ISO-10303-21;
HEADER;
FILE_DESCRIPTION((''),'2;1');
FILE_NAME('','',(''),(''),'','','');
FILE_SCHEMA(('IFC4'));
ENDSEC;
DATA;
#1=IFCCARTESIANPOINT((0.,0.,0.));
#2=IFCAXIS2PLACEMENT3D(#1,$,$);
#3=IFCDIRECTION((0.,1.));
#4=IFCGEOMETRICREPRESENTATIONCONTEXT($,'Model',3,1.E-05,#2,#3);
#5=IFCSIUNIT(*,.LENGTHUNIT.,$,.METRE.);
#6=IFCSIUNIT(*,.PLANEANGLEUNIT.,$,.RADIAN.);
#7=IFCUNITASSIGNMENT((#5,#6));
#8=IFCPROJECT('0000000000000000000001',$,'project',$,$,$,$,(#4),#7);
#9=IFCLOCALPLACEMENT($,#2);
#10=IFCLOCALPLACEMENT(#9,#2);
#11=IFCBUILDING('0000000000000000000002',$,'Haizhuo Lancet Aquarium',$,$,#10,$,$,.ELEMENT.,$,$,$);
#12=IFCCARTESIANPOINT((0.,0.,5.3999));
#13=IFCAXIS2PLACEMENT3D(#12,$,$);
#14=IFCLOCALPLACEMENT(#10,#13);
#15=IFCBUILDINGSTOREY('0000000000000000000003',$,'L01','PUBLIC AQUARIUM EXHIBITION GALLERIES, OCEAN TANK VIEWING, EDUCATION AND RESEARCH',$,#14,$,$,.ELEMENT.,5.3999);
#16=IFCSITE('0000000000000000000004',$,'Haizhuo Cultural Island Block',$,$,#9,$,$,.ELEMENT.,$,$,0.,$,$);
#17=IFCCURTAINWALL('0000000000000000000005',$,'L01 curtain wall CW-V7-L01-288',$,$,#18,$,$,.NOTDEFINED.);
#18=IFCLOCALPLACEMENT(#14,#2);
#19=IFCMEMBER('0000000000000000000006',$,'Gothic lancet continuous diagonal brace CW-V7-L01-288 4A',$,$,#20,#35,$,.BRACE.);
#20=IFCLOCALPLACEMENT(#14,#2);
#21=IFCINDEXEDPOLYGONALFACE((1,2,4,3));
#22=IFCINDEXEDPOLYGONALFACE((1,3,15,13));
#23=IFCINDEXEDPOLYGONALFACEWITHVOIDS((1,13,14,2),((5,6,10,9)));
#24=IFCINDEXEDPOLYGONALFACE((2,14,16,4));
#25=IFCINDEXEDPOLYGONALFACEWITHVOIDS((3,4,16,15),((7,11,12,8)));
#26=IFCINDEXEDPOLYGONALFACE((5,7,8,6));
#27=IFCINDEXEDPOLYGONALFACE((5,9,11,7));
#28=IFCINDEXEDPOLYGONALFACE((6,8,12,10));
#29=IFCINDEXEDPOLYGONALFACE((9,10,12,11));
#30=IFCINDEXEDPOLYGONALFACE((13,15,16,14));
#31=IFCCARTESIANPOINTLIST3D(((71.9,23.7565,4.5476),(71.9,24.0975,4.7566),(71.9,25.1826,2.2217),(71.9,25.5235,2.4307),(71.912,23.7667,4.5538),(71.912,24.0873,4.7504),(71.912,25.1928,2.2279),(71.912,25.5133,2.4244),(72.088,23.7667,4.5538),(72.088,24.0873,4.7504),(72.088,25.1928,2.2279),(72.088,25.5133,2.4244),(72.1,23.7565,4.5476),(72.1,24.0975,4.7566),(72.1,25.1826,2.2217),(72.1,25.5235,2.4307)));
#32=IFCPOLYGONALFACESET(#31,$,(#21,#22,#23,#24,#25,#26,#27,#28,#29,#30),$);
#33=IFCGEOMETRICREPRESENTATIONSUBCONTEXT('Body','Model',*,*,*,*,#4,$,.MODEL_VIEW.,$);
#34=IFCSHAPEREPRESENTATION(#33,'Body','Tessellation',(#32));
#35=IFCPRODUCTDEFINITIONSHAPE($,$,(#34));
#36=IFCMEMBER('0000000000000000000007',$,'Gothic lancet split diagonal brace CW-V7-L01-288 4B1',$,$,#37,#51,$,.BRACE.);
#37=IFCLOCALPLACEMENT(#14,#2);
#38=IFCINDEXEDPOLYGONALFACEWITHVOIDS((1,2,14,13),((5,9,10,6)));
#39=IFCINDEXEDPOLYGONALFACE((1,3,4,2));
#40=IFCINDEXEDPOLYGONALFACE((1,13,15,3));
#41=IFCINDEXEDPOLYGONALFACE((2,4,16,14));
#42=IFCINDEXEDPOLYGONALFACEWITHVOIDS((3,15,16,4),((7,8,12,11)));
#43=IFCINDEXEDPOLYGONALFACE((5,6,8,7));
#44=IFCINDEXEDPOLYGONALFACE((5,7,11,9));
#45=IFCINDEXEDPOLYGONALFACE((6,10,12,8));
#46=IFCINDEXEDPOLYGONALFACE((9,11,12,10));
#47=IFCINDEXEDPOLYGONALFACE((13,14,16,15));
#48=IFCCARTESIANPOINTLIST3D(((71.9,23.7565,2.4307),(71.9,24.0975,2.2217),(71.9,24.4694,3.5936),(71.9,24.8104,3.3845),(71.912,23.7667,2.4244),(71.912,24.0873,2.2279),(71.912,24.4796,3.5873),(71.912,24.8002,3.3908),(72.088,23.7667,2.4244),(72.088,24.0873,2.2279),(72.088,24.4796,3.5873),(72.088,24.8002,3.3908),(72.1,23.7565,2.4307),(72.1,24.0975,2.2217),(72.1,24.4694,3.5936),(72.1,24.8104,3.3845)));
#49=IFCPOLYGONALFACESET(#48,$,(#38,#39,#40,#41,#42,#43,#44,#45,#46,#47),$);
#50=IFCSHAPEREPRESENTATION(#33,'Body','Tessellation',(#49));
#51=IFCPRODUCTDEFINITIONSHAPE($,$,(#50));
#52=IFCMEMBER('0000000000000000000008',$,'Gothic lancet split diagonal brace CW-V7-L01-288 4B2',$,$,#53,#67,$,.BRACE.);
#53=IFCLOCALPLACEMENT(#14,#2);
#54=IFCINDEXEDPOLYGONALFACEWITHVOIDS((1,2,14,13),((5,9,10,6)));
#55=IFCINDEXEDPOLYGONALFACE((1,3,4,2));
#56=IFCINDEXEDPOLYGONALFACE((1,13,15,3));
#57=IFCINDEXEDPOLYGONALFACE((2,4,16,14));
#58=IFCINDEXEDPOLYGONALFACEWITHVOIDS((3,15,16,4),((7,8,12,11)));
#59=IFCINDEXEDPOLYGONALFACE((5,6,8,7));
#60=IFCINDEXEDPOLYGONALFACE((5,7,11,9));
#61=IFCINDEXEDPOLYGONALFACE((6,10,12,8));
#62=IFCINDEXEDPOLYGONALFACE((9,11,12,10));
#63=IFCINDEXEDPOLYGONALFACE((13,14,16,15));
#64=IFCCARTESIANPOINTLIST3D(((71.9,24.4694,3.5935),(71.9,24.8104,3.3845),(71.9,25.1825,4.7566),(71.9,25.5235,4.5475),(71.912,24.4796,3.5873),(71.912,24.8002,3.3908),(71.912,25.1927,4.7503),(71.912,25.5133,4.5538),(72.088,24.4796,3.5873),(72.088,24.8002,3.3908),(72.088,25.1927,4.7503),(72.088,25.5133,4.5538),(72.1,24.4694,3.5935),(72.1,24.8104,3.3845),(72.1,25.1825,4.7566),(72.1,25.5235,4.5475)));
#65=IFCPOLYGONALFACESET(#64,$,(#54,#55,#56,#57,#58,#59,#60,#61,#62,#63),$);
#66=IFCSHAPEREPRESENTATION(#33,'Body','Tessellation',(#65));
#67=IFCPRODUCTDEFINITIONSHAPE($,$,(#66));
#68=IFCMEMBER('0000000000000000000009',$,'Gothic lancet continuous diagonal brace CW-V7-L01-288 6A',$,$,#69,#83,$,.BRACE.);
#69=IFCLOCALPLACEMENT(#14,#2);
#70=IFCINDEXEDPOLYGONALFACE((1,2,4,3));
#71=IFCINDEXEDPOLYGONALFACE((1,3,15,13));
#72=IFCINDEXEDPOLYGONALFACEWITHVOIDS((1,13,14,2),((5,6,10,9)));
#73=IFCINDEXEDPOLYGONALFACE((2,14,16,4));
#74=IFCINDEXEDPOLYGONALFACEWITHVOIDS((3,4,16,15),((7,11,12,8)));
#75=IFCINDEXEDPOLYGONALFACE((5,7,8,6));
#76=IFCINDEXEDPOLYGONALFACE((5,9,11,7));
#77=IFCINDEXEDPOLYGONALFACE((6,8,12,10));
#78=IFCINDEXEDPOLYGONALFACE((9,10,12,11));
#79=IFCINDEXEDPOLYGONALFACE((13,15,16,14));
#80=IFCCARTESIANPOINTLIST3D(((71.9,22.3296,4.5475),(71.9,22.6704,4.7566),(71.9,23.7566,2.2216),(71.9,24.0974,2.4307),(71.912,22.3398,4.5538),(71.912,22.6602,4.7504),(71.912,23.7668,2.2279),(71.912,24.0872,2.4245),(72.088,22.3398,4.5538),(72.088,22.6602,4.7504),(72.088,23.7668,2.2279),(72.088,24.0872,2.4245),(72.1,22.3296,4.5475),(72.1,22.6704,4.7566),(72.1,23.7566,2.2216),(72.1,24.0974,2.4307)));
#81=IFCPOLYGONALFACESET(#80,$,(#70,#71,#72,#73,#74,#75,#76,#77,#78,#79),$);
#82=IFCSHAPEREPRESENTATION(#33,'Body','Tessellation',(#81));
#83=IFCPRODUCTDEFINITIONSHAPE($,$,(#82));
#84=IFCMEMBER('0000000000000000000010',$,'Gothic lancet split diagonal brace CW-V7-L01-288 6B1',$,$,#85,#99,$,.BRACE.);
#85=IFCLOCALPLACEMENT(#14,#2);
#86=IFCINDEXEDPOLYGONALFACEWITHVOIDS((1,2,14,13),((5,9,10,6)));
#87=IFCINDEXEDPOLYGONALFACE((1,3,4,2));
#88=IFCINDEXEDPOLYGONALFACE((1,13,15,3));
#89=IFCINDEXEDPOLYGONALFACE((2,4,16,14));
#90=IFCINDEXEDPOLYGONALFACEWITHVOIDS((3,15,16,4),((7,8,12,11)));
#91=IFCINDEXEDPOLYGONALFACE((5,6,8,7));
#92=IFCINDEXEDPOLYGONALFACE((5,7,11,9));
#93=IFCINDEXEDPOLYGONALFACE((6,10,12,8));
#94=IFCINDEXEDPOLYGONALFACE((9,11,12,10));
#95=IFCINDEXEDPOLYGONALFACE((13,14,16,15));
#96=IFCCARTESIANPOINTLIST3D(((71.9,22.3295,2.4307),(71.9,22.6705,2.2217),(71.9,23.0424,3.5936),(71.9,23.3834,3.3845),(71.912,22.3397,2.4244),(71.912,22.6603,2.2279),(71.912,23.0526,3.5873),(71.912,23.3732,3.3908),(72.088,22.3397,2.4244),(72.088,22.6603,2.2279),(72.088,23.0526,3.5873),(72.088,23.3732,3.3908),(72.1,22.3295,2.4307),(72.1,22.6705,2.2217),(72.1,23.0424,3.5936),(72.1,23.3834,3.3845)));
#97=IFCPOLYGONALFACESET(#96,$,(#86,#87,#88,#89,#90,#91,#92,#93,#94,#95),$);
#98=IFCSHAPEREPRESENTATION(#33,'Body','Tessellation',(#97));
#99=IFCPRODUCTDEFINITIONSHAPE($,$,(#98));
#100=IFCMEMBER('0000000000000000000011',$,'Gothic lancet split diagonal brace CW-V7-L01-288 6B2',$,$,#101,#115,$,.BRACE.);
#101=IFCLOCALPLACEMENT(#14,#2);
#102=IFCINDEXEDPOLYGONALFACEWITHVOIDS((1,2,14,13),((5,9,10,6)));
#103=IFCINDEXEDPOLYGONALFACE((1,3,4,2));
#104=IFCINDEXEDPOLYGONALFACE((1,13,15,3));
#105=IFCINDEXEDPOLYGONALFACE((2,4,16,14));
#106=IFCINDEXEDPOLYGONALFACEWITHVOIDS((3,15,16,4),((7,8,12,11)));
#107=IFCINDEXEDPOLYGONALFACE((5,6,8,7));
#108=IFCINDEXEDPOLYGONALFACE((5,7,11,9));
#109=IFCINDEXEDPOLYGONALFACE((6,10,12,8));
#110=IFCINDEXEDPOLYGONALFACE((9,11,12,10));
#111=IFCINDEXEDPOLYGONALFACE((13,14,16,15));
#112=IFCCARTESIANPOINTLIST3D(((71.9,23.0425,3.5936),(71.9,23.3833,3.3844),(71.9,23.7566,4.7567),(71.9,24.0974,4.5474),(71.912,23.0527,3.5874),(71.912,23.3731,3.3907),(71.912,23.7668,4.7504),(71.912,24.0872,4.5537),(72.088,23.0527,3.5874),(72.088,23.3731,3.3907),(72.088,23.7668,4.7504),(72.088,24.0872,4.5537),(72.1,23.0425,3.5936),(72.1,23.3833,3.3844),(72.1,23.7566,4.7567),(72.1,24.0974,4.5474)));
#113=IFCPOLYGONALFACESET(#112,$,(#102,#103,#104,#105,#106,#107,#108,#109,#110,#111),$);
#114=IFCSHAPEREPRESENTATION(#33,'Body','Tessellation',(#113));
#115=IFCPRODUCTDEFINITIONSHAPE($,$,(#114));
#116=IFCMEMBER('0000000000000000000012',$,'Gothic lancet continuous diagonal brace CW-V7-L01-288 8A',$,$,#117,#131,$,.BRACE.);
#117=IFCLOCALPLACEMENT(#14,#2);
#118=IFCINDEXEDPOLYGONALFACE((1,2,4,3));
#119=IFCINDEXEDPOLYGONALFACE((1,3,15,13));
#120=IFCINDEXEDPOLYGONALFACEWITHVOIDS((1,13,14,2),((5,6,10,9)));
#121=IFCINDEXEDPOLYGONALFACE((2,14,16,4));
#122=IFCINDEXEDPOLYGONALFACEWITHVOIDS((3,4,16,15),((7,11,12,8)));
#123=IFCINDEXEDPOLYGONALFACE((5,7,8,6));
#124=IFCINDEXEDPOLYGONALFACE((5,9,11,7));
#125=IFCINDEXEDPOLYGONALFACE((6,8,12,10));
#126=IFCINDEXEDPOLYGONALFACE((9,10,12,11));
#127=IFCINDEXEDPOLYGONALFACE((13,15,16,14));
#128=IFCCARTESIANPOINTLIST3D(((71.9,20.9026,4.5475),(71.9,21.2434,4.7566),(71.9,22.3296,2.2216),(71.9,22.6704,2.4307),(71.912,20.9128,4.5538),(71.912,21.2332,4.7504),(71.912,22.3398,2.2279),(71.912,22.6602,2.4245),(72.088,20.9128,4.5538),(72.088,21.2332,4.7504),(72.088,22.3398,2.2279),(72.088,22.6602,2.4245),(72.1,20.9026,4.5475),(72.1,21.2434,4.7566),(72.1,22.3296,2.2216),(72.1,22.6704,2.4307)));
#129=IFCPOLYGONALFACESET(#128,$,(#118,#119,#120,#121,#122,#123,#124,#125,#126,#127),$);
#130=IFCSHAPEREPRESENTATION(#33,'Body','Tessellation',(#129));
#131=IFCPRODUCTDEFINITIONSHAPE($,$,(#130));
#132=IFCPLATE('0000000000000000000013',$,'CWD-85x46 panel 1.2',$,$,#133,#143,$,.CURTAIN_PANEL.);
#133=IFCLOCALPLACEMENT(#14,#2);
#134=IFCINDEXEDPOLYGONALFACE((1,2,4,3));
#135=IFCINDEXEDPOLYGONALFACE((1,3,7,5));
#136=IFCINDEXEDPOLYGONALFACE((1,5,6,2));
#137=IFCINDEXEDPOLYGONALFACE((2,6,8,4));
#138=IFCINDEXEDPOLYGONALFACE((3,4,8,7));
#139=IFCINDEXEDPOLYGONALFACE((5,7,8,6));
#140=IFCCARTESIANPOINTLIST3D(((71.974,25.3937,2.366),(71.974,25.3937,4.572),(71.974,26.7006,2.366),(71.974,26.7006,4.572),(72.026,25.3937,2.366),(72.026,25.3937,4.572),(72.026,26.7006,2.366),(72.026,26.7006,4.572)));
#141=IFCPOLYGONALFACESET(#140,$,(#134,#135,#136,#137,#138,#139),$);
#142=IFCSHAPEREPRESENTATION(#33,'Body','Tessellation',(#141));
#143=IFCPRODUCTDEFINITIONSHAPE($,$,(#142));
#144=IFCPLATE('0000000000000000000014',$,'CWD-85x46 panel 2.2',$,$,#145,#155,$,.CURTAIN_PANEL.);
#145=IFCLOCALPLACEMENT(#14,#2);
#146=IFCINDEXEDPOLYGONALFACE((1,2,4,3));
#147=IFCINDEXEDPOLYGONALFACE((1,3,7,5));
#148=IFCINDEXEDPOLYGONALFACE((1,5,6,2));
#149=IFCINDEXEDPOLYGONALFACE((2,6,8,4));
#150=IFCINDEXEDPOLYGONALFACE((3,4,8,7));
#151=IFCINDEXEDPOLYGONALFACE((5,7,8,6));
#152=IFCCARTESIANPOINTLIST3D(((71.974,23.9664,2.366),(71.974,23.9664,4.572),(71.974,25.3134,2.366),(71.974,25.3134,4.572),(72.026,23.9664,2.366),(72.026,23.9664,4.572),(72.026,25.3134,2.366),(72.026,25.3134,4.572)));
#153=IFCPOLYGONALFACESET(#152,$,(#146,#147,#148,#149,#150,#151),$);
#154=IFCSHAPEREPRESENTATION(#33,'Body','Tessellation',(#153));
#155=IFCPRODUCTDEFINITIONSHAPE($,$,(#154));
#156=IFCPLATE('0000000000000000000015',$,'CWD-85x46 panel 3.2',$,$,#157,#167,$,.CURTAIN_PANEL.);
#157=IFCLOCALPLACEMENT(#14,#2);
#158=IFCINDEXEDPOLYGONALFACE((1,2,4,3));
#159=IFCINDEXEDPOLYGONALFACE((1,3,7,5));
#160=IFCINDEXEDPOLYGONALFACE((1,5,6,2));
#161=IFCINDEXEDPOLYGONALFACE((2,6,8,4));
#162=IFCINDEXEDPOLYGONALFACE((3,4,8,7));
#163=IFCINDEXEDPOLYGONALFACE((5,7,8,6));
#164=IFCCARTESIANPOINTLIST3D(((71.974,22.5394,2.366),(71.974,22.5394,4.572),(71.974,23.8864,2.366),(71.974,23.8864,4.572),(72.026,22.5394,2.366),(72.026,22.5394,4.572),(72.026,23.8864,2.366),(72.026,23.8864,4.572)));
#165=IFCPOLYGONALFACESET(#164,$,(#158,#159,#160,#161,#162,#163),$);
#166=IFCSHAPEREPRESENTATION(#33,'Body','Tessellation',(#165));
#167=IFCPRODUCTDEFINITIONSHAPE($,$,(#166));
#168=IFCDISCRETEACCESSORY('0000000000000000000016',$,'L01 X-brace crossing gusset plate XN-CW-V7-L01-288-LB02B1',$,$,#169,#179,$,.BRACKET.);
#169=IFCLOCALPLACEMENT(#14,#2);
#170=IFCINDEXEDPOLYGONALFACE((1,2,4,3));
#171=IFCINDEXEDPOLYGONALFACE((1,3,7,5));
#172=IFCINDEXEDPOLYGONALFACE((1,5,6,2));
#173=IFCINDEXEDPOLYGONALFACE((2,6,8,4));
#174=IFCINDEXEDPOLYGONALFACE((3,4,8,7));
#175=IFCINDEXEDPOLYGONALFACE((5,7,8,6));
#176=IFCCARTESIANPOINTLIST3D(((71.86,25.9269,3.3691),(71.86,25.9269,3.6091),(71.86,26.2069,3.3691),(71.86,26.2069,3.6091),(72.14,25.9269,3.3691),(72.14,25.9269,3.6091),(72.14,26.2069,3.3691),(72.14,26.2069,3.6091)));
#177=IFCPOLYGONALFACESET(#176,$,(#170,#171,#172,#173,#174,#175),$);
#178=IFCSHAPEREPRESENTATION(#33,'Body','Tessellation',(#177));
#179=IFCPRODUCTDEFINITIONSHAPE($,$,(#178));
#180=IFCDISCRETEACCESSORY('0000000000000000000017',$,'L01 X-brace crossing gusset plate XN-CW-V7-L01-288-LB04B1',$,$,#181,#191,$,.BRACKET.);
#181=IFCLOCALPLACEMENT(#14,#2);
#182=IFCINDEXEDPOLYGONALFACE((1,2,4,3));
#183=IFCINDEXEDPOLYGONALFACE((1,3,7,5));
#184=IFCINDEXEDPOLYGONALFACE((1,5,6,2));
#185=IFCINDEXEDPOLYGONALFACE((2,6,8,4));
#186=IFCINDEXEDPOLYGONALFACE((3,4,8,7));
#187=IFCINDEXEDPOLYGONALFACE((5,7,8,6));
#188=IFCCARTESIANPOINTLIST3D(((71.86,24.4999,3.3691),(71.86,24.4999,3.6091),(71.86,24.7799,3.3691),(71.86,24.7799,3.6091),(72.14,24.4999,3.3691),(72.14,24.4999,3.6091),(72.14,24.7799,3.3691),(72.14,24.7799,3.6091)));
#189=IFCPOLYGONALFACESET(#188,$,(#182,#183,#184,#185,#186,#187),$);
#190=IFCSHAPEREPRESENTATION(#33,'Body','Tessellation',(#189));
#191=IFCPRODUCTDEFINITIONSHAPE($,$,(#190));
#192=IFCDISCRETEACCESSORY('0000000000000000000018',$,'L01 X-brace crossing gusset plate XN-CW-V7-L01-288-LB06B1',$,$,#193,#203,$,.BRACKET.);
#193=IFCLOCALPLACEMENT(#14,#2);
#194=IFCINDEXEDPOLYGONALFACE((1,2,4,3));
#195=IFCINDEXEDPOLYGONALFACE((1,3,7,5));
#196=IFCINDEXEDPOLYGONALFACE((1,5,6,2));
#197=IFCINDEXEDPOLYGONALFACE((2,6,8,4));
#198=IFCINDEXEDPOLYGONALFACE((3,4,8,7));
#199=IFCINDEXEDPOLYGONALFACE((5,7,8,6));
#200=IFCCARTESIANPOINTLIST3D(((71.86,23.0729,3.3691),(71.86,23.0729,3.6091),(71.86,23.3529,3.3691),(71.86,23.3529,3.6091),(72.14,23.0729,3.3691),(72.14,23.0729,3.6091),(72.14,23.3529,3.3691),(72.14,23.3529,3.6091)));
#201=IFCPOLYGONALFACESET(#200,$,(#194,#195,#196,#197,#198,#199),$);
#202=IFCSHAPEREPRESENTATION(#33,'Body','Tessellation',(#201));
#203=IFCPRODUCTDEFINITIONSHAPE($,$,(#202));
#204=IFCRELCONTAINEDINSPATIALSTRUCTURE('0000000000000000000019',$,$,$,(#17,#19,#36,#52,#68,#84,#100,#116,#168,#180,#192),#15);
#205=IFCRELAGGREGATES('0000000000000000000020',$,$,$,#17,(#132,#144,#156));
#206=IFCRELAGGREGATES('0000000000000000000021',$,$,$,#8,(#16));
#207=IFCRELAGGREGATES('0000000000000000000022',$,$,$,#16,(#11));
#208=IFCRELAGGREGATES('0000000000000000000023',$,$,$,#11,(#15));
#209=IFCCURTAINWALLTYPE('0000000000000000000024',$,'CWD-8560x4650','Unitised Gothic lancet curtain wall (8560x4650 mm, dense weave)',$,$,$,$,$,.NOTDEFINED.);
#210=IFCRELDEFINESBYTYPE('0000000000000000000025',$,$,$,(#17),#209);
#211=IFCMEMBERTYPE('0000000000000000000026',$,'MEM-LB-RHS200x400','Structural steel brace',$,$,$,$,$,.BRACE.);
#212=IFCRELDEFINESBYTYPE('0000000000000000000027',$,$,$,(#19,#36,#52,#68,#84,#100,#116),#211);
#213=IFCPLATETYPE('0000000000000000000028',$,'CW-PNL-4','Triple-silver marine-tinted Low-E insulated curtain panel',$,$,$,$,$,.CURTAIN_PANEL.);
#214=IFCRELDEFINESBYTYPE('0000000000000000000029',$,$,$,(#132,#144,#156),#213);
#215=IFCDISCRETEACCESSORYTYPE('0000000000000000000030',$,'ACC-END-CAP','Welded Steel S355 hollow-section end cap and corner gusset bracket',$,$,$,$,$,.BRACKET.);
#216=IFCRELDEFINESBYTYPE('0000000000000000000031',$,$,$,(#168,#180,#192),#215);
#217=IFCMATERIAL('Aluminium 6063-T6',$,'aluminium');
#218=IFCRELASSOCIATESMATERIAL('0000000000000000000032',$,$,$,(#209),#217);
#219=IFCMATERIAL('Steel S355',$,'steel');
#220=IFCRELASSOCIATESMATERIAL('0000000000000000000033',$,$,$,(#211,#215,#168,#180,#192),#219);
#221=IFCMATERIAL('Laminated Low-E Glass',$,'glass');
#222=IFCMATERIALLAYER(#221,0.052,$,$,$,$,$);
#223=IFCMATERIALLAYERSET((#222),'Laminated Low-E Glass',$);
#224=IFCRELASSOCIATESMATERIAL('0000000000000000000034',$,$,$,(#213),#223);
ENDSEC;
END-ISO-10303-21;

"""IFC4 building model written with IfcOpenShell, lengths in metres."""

from ifc_helpers import new_model, si_unit, direction, frame, origin, origin_2d, place, context, subcontext, project, spatial, rectangle, hollow_rectangle, extrude, material, layer, layer_set, material_profile, profile_set, type_object, element, aggregate, save


model = new_model("IFC4")

# Units and contexts
model_context = context("Model", 3, precision=1e-05, world=origin(), true_north=direction((0.0, 1.0)))
body_context = subcontext(model_context, "Body", "Model", "MODEL_VIEW")
ifc_project = project(units=[si_unit("LENGTHUNIT", "METRE"), si_unit("PLANEANGLEUNIT", "RADIAN")], contexts=[model_context])

# Site, building, storey
site_placement = place(None, origin())
site = spatial("IfcSite", under=ifc_project, at=site_placement, Name="Haizhuo Cultural Island Block", CompositionType="ELEMENT", RefElevation=0.0)
building_placement = place(site_placement, origin())
building = spatial("IfcBuilding", under=site, at=building_placement, Name="Haizhuo Lancet Aquarium", CompositionType="ELEMENT")
storey_placement = place(building_placement, frame((0.0, 0.0, 5.3999)))
storey = spatial("IfcBuildingStorey", under=building, at=storey_placement, Name="L01", Description="PUBLIC AQUARIUM EXHIBITION GALLERIES, OCEAN TANK VIEWING, EDUCATION AND RESEARCH", CompositionType="ELEMENT", Elevation=5.3999)

# Curtain wall
ifc_material_1 = material(Name="Aluminium 6063-T6", Category="aluminium")
curtain_wall_type = type_object("IfcCurtainWallType", Name="CWD-8560x4650", Description="Unitised Gothic lancet curtain wall (8560x4650 mm, dense weave)", PredefinedType="NOTDEFINED", material=ifc_material_1)
curtain_wall_placement = place(storey_placement, origin())
curtain_wall = element("IfcCurtainWall", 1, at=curtain_wall_placement, inside=storey, type_object=curtain_wall_type, Name="L01 curtain wall CW-V7-L01-288", PredefinedType="NOTDEFINED")

# Members
ifc_material_2 = material(Name="Steel S355", Category="steel")
ifc_material_profile_1 = material_profile(ifc_material_2, hollow_rectangle(XDim=0.2, YDim=0.3999, WallThickness=0.012, at=origin_2d()), Name="RHS 200x400x12")
ifc_profile_set_1 = profile_set([ifc_material_profile_1], Name="Steel S355")
member_type_1 = type_object("IfcMemberType", Name="MEM-LB-RHS200x400", Description="Structural steel brace", PredefinedType="BRACE", material=ifc_profile_set_1)
member_1_placement = place(storey_placement, frame((72.0, 25.353, 2.3262), z_axis=(0.0, -0.522684, 0.852527), x_axis=(1.0, 0.0, 0.0)))
element("IfcMember", 2, at=member_1_placement, inside=storey, type_object=member_type_1, Name="Gothic lancet continuous diagonal brace CW-V7-L01-288 4A", PredefinedType="BRACE", context=body_context, shape_type="SweptSolid", body=[
    extrude(hollow_rectangle(XDim=0.2, YDim=0.3999, WallThickness=0.012, at=origin_2d()), origin(), (0.0, 0.0, 1.0), 2.7283),
])
member_2_placement = place(storey_placement, frame((72.0, 23.927, 2.3262), z_axis=(0.0, 0.522659, 0.852542), x_axis=(-1.0, 0.0, 0.0)))
element("IfcMember", 3, at=member_2_placement, inside=storey, type_object=member_type_1, Name="Gothic lancet split diagonal brace CW-V7-L01-288 4B1", PredefinedType="BRACE", context=body_context, shape_type="SweptSolid", body=[
    extrude(hollow_rectangle(XDim=0.2, YDim=0.3999, WallThickness=0.012, at=origin_2d()), origin(), (0.0, 0.0, 1.0), 1.364),
])
member_3_placement = place(storey_placement, frame((72.0, 24.6399, 3.489), z_axis=(0.0, 0.522709, 0.852511), x_axis=(-1.0, 0.0, 0.0)))
element("IfcMember", 4, at=member_3_placement, inside=storey, type_object=member_type_1, Name="Gothic lancet split diagonal brace CW-V7-L01-288 4B2", PredefinedType="BRACE", context=body_context, shape_type="SweptSolid", body=[
    extrude(hollow_rectangle(XDim=0.2, YDim=0.3999, WallThickness=0.012, at=origin_2d()), origin(), (0.0, 0.0, 1.0), 1.3643),
])
member_4_placement = place(storey_placement, frame((72.0, 23.927, 2.3262), z_axis=(0.0, -0.522944, 0.852367), x_axis=(1.0, 0.0, 0.0)))
element("IfcMember", 5, at=member_4_placement, inside=storey, type_object=member_type_1, Name="Gothic lancet continuous diagonal brace CW-V7-L01-288 6A", PredefinedType="BRACE", context=body_context, shape_type="SweptSolid", body=[
    extrude(hollow_rectangle(XDim=0.2, YDim=0.3999, WallThickness=0.012, at=origin_2d()), origin(), (0.0, 0.0, 1.0), 2.7288),
])
member_5_placement = place(storey_placement, frame((72.0, 22.5, 2.3262), z_axis=(0.0, 0.522659, 0.852542), x_axis=(-1.0, 0.0, 0.0)))
element("IfcMember", 6, at=member_5_placement, inside=storey, type_object=member_type_1, Name="Gothic lancet split diagonal brace CW-V7-L01-288 6B1", PredefinedType="BRACE", context=body_context, shape_type="SweptSolid", body=[
    extrude(hollow_rectangle(XDim=0.2, YDim=0.3999, WallThickness=0.012, at=origin_2d()), origin(), (0.0, 0.0, 1.0), 1.364),
])
member_6_placement = place(storey_placement, frame((72.0, 23.2129, 3.489), z_axis=(0.0, 0.523229, 0.852192), x_axis=(-1.0, 0.0, 0.0)))
element("IfcMember", 7, at=member_6_placement, inside=storey, type_object=member_type_1, Name="Gothic lancet split diagonal brace CW-V7-L01-288 6B2", PredefinedType="BRACE", context=body_context, shape_type="SweptSolid", body=[
    extrude(hollow_rectangle(XDim=0.2, YDim=0.3999, WallThickness=0.012, at=origin_2d()), origin(), (0.0, 0.0, 1.0), 1.3647),
])
member_7_placement = place(storey_placement, frame((72.0, 22.5, 2.3262), z_axis=(0.0, -0.522944, 0.852367), x_axis=(1.0, 0.0, 0.0)))
element("IfcMember", 8, at=member_7_placement, inside=storey, type_object=member_type_1, Name="Gothic lancet continuous diagonal brace CW-V7-L01-288 8A", PredefinedType="BRACE", context=body_context, shape_type="SweptSolid", body=[
    extrude(hollow_rectangle(XDim=0.2, YDim=0.3999, WallThickness=0.012, at=origin_2d()), origin(), (0.0, 0.0, 1.0), 2.7288),
])

# Plates
ifc_material_3 = material(Name="Laminated Low-E Glass", Category="glass")
ifc_layer = layer(ifc_material_3, 0.052)
ifc_layer_set = layer_set([ifc_layer], Name="Laminated Low-E Glass")
plate_type = type_object("IfcPlateType", Name="CW-PNL-4", Description="Triple-silver marine-tinted Low-E insulated curtain panel", PredefinedType="CURTAIN_PANEL", material=ifc_layer_set)
plate_1_placement = place(storey_placement, frame((72.0, 26.0471, 2.366), z_axis=(0.0, 0.0, 1.0), x_axis=(0.0, -1.0, 0.0)))
plate_1 = element("IfcPlate", 9, at=plate_1_placement, type_object=plate_type, Name="CWD-85x46 panel 1.2", PredefinedType="CURTAIN_PANEL", context=body_context, shape_type="SweptSolid", body=[
    extrude(rectangle(XDim=1.3069, YDim=0.052, at=origin_2d()), origin(), (0.0, 0.0, 1.0), 2.2061),
])
plate_2_placement = place(storey_placement, frame((72.0, 24.6399, 2.366), z_axis=(0.0, 0.0, 1.0), x_axis=(0.0, -1.0, 0.0)))
plate_2 = element("IfcPlate", 10, at=plate_2_placement, type_object=plate_type, Name="CWD-85x46 panel 2.2", PredefinedType="CURTAIN_PANEL", context=body_context, shape_type="SweptSolid", body=[
    extrude(rectangle(XDim=1.3469, YDim=0.052, at=origin_2d()), origin(), (0.0, 0.0, 1.0), 2.2061),
])
plate_3_placement = place(storey_placement, frame((72.0, 23.2129, 2.366), z_axis=(0.0, 0.0, 1.0), x_axis=(0.0, -1.0, 0.0)))
plate_3 = element("IfcPlate", 11, at=plate_3_placement, type_object=plate_type, Name="CWD-85x46 panel 3.2", PredefinedType="CURTAIN_PANEL", context=body_context, shape_type="SweptSolid", body=[
    extrude(rectangle(XDim=1.3469, YDim=0.052, at=origin_2d()), origin(), (0.0, 0.0, 1.0), 2.2061),
])
aggregate(curtain_wall, [plate_1, plate_2, plate_3])

# Discrete accessories
discrete_accessory_type = type_object("IfcDiscreteAccessoryType", Name="ACC-END-CAP", Description="Welded Steel S355 hollow-section end cap and corner gusset bracket", PredefinedType="BRACKET", material=ifc_material_2)
for number, where, z_axis, x_axis, name in (
    (12, (72.0, 26.0669, 3.3691), (0.0, 0.0, 1.0), (1.0, 0.0, 0.0), "L01 X-brace crossing gusset plate XN-CW-V7-L01-288-LB02B1"),
    (13, (72.0, 24.6399, 3.3691), (0.0, 0.0, 1.0), (1.0, 0.0, 0.0), "L01 X-brace crossing gusset plate XN-CW-V7-L01-288-LB04B1"),
    (14, (72.0, 23.2129, 3.3691), (0.0, 0.0, 1.0), (1.0, 0.0, 0.0), "L01 X-brace crossing gusset plate XN-CW-V7-L01-288-LB06B1"),
):
    element("IfcDiscreteAccessory", number, at=place(storey_placement, frame(where, z_axis=z_axis, x_axis=x_axis)), inside=storey, type_object=discrete_accessory_type, material=ifc_material_2, Name=name, PredefinedType="BRACKET", context=body_context, shape_type="SweptSolid", body=[
        extrude(rectangle(XDim=0.28, YDim=0.28, at=origin_2d()), origin(), (0.0, 0.0, 1.0), 0.24),
    ])

save(model, "model.ifc")
